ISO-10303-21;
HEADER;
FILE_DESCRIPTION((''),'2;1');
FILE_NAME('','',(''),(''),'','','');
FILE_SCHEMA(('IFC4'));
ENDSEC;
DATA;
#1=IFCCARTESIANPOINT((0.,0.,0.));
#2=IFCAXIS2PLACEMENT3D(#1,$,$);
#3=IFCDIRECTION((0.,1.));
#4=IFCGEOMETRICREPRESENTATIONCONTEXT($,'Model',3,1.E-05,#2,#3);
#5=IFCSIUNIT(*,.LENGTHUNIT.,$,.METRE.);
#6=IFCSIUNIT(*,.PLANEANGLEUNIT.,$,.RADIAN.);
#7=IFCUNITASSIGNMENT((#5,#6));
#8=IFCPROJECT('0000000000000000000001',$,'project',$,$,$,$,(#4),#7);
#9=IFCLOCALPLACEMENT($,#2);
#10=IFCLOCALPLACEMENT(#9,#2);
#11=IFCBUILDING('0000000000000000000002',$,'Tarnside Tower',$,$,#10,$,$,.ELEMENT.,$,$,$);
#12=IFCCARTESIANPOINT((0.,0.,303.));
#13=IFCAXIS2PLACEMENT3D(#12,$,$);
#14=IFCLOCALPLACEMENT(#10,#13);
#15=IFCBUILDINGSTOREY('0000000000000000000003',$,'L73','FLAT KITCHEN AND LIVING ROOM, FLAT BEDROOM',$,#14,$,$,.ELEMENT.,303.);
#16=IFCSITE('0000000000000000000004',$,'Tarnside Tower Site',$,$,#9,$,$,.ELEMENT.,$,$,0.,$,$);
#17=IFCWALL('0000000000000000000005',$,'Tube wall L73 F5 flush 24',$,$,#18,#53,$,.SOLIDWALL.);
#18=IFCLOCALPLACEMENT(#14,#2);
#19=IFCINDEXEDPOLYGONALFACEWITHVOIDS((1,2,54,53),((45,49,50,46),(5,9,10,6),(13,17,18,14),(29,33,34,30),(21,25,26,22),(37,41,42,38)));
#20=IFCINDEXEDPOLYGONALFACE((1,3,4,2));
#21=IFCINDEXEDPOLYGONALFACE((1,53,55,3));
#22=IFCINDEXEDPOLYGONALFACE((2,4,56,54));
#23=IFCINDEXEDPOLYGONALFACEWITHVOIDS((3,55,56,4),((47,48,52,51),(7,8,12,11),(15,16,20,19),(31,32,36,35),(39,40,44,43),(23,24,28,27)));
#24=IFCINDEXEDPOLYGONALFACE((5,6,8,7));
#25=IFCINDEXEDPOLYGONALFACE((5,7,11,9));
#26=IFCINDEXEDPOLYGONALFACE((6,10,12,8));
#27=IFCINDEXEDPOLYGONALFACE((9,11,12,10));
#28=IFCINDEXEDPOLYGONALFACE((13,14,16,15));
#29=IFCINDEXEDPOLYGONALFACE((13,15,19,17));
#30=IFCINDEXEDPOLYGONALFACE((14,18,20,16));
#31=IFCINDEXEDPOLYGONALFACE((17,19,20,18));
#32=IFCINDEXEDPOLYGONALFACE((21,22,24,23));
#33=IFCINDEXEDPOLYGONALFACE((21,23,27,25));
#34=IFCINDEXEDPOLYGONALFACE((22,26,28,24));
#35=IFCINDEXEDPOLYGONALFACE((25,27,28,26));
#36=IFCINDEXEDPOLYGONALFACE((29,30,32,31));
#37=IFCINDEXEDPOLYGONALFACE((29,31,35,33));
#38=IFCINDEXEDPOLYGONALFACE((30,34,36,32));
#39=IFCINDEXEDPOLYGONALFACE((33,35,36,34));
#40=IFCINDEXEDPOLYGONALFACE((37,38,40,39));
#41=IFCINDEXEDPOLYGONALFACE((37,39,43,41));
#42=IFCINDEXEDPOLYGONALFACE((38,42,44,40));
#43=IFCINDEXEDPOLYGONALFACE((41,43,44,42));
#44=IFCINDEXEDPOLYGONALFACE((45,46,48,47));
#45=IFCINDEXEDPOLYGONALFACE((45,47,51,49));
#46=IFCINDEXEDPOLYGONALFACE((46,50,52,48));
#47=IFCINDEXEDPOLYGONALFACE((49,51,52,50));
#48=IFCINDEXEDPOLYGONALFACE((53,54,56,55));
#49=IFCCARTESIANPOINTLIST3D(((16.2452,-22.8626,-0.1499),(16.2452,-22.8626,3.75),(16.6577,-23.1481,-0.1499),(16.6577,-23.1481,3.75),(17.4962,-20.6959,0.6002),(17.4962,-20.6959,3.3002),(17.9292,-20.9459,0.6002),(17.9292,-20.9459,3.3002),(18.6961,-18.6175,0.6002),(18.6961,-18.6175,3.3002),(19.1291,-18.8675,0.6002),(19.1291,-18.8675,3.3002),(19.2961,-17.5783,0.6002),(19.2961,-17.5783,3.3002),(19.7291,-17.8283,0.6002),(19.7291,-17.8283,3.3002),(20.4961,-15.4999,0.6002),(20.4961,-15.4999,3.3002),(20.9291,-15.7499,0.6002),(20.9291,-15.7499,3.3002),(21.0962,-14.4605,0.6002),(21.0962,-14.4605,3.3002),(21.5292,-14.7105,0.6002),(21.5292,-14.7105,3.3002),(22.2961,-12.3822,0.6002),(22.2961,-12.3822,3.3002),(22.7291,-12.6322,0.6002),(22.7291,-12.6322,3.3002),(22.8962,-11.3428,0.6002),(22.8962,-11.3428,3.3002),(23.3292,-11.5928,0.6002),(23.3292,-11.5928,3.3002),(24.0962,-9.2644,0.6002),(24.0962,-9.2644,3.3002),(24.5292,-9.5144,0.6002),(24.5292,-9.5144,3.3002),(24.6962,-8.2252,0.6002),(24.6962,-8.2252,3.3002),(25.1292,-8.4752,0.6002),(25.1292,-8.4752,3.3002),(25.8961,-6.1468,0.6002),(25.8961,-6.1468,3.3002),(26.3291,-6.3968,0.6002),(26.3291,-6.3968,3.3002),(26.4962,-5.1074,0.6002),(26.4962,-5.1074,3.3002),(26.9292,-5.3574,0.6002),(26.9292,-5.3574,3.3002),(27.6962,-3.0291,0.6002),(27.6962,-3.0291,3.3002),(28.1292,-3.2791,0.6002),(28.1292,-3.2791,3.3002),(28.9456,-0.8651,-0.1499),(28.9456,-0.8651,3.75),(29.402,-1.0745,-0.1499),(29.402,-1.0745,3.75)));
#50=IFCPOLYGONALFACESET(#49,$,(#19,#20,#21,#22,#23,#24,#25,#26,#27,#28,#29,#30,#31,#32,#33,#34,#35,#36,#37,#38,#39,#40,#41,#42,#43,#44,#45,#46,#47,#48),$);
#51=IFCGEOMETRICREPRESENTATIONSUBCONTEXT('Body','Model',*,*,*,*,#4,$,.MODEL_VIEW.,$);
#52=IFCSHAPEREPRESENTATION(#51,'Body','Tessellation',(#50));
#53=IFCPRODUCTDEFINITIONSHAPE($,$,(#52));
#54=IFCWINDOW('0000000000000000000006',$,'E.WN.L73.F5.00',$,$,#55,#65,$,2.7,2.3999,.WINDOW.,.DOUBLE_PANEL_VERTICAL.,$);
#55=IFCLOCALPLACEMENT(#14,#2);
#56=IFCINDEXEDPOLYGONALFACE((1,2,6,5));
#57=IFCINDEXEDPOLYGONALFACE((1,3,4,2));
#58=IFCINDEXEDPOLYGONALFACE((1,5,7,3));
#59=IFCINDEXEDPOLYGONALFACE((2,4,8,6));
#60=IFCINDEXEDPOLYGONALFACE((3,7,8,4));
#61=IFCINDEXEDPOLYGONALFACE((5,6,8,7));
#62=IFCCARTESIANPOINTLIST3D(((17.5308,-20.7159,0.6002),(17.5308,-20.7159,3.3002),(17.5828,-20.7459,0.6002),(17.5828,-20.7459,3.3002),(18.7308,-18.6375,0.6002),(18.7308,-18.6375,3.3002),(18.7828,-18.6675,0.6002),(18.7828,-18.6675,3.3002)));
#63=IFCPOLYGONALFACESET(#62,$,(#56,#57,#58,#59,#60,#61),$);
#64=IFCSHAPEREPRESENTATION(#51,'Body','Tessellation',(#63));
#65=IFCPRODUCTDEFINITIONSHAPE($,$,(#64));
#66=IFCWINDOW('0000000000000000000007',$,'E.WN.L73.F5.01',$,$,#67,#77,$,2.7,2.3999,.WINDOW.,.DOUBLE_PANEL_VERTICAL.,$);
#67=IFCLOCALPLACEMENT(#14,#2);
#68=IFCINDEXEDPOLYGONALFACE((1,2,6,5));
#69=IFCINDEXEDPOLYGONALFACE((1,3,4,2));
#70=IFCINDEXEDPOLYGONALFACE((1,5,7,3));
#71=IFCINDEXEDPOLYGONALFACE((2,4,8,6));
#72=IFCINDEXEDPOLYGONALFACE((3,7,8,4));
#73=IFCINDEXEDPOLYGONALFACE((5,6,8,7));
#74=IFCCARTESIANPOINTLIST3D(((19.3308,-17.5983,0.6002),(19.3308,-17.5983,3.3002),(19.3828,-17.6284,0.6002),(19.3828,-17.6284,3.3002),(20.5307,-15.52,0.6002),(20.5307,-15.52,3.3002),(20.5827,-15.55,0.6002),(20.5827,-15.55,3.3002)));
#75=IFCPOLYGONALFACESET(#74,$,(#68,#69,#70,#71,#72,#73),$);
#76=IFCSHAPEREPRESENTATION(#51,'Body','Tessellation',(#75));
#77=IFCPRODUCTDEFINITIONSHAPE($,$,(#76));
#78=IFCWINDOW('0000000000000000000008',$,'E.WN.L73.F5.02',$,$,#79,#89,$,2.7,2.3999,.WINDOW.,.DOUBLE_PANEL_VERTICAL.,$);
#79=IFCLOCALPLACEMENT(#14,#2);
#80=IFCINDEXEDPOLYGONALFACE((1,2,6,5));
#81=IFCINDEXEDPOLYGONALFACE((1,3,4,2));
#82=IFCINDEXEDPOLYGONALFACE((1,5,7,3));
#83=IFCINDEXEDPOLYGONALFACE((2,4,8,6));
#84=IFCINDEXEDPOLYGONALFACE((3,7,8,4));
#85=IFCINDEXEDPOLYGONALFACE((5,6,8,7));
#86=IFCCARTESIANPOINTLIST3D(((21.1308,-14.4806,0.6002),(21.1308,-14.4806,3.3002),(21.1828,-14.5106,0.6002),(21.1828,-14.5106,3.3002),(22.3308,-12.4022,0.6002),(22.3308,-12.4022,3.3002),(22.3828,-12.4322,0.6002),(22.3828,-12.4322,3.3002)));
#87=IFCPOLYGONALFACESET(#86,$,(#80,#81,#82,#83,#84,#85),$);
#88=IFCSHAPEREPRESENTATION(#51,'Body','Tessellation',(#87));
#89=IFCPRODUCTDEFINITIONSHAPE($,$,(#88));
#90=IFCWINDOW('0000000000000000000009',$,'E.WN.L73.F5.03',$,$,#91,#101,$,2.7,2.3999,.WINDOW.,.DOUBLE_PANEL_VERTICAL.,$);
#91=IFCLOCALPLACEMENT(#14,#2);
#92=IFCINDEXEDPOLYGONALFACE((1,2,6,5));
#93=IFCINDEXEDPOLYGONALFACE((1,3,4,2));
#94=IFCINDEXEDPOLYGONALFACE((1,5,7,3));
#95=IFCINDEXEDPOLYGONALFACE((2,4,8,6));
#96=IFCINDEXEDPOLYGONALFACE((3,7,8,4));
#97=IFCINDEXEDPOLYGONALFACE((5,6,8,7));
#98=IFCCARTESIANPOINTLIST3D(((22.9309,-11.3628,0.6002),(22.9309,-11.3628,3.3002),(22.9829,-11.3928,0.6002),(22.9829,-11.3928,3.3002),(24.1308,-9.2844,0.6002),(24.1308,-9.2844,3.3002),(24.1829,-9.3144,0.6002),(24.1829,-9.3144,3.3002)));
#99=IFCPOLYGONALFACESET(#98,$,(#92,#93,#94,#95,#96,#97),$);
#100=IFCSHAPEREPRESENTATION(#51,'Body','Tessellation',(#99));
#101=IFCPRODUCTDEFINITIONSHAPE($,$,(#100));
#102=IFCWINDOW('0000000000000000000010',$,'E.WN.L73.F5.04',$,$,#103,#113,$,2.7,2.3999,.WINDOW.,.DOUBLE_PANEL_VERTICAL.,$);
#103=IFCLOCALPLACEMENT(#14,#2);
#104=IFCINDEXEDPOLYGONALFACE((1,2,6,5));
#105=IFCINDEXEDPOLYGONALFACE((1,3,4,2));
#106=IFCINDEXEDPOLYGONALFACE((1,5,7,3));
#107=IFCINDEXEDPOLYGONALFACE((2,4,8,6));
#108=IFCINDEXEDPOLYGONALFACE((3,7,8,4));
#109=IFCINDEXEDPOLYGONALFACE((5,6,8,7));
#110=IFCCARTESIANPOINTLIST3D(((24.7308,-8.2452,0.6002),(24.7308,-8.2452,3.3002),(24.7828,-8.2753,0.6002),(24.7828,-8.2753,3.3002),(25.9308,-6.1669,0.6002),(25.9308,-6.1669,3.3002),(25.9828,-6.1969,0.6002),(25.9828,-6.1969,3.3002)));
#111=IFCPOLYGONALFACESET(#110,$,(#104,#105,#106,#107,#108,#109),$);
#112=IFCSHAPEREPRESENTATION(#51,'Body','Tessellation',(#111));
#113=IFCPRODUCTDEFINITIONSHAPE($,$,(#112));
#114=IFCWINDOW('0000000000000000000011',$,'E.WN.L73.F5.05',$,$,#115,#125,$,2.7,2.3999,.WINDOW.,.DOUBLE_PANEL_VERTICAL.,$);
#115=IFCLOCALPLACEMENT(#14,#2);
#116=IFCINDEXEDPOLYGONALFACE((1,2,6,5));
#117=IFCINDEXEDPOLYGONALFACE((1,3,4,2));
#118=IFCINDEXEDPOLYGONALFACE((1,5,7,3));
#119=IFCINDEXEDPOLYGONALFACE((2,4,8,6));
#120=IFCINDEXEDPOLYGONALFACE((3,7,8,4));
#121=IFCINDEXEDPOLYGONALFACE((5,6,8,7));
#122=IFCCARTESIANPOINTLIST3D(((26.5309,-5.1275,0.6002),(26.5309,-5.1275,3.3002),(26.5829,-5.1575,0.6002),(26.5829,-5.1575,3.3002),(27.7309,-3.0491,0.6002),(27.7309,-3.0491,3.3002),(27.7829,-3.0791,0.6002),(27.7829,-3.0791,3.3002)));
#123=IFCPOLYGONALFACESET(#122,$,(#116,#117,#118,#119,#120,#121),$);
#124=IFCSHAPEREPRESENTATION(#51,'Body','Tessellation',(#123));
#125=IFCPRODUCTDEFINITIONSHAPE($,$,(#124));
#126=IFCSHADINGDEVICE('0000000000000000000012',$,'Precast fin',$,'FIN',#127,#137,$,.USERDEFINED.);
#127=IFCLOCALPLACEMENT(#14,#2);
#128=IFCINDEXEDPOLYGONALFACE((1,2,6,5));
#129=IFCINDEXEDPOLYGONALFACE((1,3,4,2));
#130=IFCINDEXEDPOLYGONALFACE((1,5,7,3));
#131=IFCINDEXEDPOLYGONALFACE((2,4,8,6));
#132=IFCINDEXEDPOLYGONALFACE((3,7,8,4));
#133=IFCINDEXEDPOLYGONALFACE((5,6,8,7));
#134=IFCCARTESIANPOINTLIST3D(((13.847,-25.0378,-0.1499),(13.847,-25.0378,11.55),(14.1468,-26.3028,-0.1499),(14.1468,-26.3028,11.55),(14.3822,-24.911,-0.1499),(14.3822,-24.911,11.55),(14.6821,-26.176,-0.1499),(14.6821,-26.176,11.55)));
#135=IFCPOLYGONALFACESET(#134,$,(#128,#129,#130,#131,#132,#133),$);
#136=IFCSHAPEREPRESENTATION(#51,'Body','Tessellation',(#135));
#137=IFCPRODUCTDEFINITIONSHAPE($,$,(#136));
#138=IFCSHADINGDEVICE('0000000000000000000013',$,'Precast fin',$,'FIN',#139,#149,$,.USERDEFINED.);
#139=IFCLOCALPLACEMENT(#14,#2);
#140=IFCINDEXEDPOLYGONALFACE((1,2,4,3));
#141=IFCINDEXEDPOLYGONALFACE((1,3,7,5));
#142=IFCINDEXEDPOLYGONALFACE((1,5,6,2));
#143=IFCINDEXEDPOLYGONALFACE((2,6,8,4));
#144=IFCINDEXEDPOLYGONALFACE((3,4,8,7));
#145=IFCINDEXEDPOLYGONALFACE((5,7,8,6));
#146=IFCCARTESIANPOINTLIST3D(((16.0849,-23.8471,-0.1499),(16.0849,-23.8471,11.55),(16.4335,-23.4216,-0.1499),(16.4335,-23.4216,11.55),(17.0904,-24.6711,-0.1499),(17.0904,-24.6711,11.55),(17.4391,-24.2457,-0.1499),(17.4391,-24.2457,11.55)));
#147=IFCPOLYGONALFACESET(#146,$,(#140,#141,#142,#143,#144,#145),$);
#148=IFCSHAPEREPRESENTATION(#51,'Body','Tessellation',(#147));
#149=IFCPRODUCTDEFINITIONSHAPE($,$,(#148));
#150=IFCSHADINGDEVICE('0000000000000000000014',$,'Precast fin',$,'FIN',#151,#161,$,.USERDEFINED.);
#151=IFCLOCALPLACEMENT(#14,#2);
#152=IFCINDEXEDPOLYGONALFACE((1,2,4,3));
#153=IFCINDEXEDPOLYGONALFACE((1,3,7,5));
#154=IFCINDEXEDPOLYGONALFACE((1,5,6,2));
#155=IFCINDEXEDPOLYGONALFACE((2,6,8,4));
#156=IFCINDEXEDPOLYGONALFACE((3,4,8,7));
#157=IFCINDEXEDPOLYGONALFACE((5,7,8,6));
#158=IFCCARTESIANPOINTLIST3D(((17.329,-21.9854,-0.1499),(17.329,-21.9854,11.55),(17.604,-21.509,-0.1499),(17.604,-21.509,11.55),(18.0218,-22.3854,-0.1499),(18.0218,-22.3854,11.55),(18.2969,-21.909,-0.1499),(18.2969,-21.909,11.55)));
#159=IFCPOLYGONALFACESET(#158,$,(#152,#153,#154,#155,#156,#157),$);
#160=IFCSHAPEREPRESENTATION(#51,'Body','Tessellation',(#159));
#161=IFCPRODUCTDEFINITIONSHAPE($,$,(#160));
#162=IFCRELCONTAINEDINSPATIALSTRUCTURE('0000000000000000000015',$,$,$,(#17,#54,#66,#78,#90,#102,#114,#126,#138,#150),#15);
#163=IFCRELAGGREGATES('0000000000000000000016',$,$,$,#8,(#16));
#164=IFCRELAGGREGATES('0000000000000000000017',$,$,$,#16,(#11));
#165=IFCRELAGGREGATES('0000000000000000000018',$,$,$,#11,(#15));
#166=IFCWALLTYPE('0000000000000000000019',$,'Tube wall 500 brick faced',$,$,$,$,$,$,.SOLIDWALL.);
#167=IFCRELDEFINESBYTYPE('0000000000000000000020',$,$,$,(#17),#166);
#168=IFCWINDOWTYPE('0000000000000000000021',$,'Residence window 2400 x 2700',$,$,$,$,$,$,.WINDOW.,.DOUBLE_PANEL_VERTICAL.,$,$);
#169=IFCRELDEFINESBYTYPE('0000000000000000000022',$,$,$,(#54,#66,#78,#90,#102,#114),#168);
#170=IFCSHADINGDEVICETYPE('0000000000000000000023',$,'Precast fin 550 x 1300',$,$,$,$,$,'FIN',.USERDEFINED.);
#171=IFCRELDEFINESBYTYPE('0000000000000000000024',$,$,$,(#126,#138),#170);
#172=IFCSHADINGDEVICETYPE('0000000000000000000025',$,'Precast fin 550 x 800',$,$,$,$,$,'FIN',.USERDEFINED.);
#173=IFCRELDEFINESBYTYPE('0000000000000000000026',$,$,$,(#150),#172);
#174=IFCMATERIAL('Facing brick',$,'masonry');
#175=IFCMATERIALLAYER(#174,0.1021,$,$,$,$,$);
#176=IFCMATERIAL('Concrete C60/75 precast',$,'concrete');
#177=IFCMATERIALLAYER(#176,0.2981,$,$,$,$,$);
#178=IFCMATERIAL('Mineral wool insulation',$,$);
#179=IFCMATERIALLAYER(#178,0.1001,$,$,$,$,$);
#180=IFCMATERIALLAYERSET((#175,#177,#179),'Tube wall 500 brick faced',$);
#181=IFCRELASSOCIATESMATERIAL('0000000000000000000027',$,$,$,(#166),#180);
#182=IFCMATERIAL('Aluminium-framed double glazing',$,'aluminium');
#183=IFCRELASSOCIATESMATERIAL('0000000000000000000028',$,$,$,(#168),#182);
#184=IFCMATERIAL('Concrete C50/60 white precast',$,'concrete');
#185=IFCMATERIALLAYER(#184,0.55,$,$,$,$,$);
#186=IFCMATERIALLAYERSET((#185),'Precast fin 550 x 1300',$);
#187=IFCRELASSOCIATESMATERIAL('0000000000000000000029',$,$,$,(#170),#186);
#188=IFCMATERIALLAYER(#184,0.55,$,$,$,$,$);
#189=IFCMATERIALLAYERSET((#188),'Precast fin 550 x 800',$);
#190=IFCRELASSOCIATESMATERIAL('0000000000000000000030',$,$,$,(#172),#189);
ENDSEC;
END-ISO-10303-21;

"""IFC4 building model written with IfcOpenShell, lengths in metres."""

from ifc_helpers import new_model, si_unit, direction, frame, frame_2d, origin, place, context, subcontext, project, spatial, polyline, rectangle, outline, extrude, material, layer, layer_set, type_object, element, fill, save


model = new_model("IFC4")

# Units and contexts
model_context = context("Model", 3, precision=1e-05, world=origin(), true_north=direction((0.0, 1.0)))
body_context = subcontext(model_context, "Body", "Model", "MODEL_VIEW")
ifc_project = project(units=[si_unit("LENGTHUNIT", "METRE"), si_unit("PLANEANGLEUNIT", "RADIAN")], contexts=[model_context])

# Site, building, storey
site_placement = place(None, origin())
site = spatial("IfcSite", under=ifc_project, at=site_placement, Name="Tarnside Tower Site", CompositionType="ELEMENT", RefElevation=0.0)
building_placement = place(site_placement, origin())
building = spatial("IfcBuilding", under=site, at=building_placement, Name="Tarnside Tower", CompositionType="ELEMENT")
storey_placement = place(building_placement, frame((0.0, 0.0, 303.0)))
storey = spatial("IfcBuildingStorey", under=building, at=storey_placement, Name="L73", Description="FLAT KITCHEN AND LIVING ROOM, FLAT BEDROOM", CompositionType="ELEMENT", Elevation=303.0)

# Shared definitions
ifc_material_1 = material(Name="Facing brick", Category="masonry")
ifc_layer_1 = layer(ifc_material_1, 0.1021)
ifc_material_2 = material(Name="Concrete C60/75 precast", Category="concrete")
ifc_layer_2 = layer(ifc_material_2, 0.2981)
ifc_material_3 = material(Name="Mineral wool insulation")
ifc_layer_3 = layer(ifc_material_3, 0.1001)
ifc_layer_set_1 = layer_set([ifc_layer_1, ifc_layer_2, ifc_layer_3], Name="Tube wall 500 brick faced")
wall_type_1 = type_object("IfcWallType", Name="Tube wall 500 brick faced", PredefinedType="SOLIDWALL", material=ifc_layer_set_1)

# Wall, openings, windows
wall_1_placement = place(storey_placement, frame((16.4514, -23.0054, -0.1499), z_axis=(0.0, 0.0, 1.0), x_axis=(0.500004, 0.866023, 0.0)))
wall_1 = element("IfcWall", 1, at=wall_1_placement, inside=storey, type_object=wall_type_1, Name="Tube wall L73 F5 flush 24", PredefinedType="SOLIDWALL", context=body_context, shape_type="SweptSolid", body=[
    extrude(outline(polyline([(-0.0205, -0.25), (25.468, -0.25), (25.4211, 0.25), (0.0205, 0.25), (-0.0205, -0.25)])), origin(), (0.0, 0.0, 1.0), 3.8999),
])
opening_1_placement = place(wall_1_placement, frame((2.5225, 0.0, 0.75)))
opening_1 = element("IfcOpeningElement", 2, at=opening_1_placement, cuts=wall_1, PredefinedType="OPENING", context=body_context, shape_type="SweptSolid", body=[
    extrude(rectangle(XDim=2.3999, YDim=2.7, at=frame_2d((1.2, 1.3501))), frame((0.0, 0.26, 0.0), z_axis=(0.0, -1.0, 0.0), x_axis=(1.0, 0.0, 0.0)), (0.0, 0.0, 1.0), 0.52),
])
opening_2_placement = place(wall_1_placement, frame((6.1223, 0.0, 0.75)))
opening_2 = element("IfcOpeningElement", 3, at=opening_2_placement, cuts=wall_1, PredefinedType="OPENING", context=body_context, shape_type="SweptSolid", body=[
    extrude(rectangle(XDim=2.3999, YDim=2.7, at=frame_2d((1.2, 1.3501))), frame((0.0, 0.26, 0.0), z_axis=(0.0, -1.0, 0.0), x_axis=(1.0, 0.0, 0.0)), (0.0, 0.0, 1.0), 0.52),
])
opening_3_placement = place(wall_1_placement, frame((9.7224, 0.0, 0.75)))
opening_3 = element("IfcOpeningElement", 4, at=opening_3_placement, cuts=wall_1, PredefinedType="OPENING", context=body_context, shape_type="SweptSolid", body=[
    extrude(rectangle(XDim=2.3999, YDim=2.7, at=frame_2d((1.2, 1.3501))), frame((0.0, 0.26, 0.0), z_axis=(0.0, -1.0, 0.0), x_axis=(1.0, 0.0, 0.0)), (0.0, 0.0, 1.0), 0.52),
])
opening_4_placement = place(wall_1_placement, frame((13.3225, 0.0, 0.75)))
opening_4 = element("IfcOpeningElement", 5, at=opening_4_placement, cuts=wall_1, PredefinedType="OPENING", context=body_context, shape_type="SweptSolid", body=[
    extrude(rectangle(XDim=2.3999, YDim=2.7, at=frame_2d((1.2, 1.3501))), frame((0.0, 0.26, 0.0), z_axis=(0.0, -1.0, 0.0), x_axis=(1.0, 0.0, 0.0)), (0.0, 0.0, 1.0), 0.52),
])
opening_5_placement = place(wall_1_placement, frame((16.9224, 0.0, 0.75)))
opening_5 = element("IfcOpeningElement", 6, at=opening_5_placement, cuts=wall_1, PredefinedType="OPENING", context=body_context, shape_type="SweptSolid", body=[
    extrude(rectangle(XDim=2.3999, YDim=2.7, at=frame_2d((1.2, 1.3501))), frame((0.0, 0.26, 0.0), z_axis=(0.0, -1.0, 0.0), x_axis=(1.0, 0.0, 0.0)), (0.0, 0.0, 1.0), 0.52),
])
opening_6_placement = place(wall_1_placement, frame((20.5225, 0.0, 0.75)))
opening_6 = element("IfcOpeningElement", 7, at=opening_6_placement, cuts=wall_1, PredefinedType="OPENING", context=body_context, shape_type="SweptSolid", body=[
    extrude(rectangle(XDim=2.3999, YDim=2.7, at=frame_2d((1.2, 1.3501))), frame((0.0, 0.26, 0.0), z_axis=(0.0, -1.0, 0.0), x_axis=(1.0, 0.0, 0.0)), (0.0, 0.0, 1.0), 0.52),
])
ifc_material_4 = material(Name="Aluminium-framed double glazing", Category="aluminium")
window_type = type_object("IfcWindowType", Name="Residence window 2400 x 2700", PartitioningType="DOUBLE_PANEL_VERTICAL", PredefinedType="WINDOW", material=ifc_material_4)
window_1_placement = place(opening_1_placement, frame((0.0, 0.1799, 0.0)))
window_1 = element("IfcWindow", 8, at=window_1_placement, inside=storey, type_object=window_type, Name="E.WN.L73.F5.00", OverallHeight=2.7, OverallWidth=2.3999, PartitioningType="DOUBLE_PANEL_VERTICAL", PredefinedType="WINDOW", context=body_context, shape_type="SweptSolid", body=[
    extrude(rectangle(XDim=2.3999, YDim=2.7, at=frame_2d((1.2, 1.3501))), frame((0.0, 0.03, 0.0), z_axis=(0.0, -1.0, 0.0), x_axis=(1.0, 0.0, 0.0)), (0.0, 0.0, 1.0), 0.0601),
])
fill(opening_1, window_1)
window_2_placement = place(opening_2_placement, frame((0.0, 0.1799, 0.0)))
window_2 = element("IfcWindow", 9, at=window_2_placement, inside=storey, type_object=window_type, Name="E.WN.L73.F5.01", OverallHeight=2.7, OverallWidth=2.3999, PartitioningType="DOUBLE_PANEL_VERTICAL", PredefinedType="WINDOW", context=body_context, shape_type="SweptSolid", body=[
    extrude(rectangle(XDim=2.3999, YDim=2.7, at=frame_2d((1.2, 1.3501))), frame((0.0, 0.03, 0.0), z_axis=(0.0, -1.0, 0.0), x_axis=(1.0, 0.0, 0.0)), (0.0, 0.0, 1.0), 0.0601),
])
fill(opening_2, window_2)
window_3_placement = place(opening_3_placement, frame((0.0, 0.1799, 0.0)))
window_3 = element("IfcWindow", 10, at=window_3_placement, inside=storey, type_object=window_type, Name="E.WN.L73.F5.02", OverallHeight=2.7, OverallWidth=2.3999, PartitioningType="DOUBLE_PANEL_VERTICAL", PredefinedType="WINDOW", context=body_context, shape_type="SweptSolid", body=[
    extrude(rectangle(XDim=2.3999, YDim=2.7, at=frame_2d((1.2, 1.3501))), frame((0.0, 0.03, 0.0), z_axis=(0.0, -1.0, 0.0), x_axis=(1.0, 0.0, 0.0)), (0.0, 0.0, 1.0), 0.0601),
])
fill(opening_3, window_3)
window_4_placement = place(opening_4_placement, frame((0.0, 0.1799, 0.0)))
window_4 = element("IfcWindow", 11, at=window_4_placement, inside=storey, type_object=window_type, Name="E.WN.L73.F5.03", OverallHeight=2.7, OverallWidth=2.3999, PartitioningType="DOUBLE_PANEL_VERTICAL", PredefinedType="WINDOW", context=body_context, shape_type="SweptSolid", body=[
    extrude(rectangle(XDim=2.3999, YDim=2.7, at=frame_2d((1.2, 1.3501))), frame((0.0, 0.03, 0.0), z_axis=(0.0, -1.0, 0.0), x_axis=(1.0, 0.0, 0.0)), (0.0, 0.0, 1.0), 0.0601),
])
fill(opening_4, window_4)
window_5_placement = place(opening_5_placement, frame((0.0, 0.1799, 0.0)))
window_5 = element("IfcWindow", 12, at=window_5_placement, inside=storey, type_object=window_type, Name="E.WN.L73.F5.04", OverallHeight=2.7, OverallWidth=2.3999, PartitioningType="DOUBLE_PANEL_VERTICAL", PredefinedType="WINDOW", context=body_context, shape_type="SweptSolid", body=[
    extrude(rectangle(XDim=2.3999, YDim=2.7, at=frame_2d((1.2, 1.3501))), frame((0.0, 0.03, 0.0), z_axis=(0.0, -1.0, 0.0), x_axis=(1.0, 0.0, 0.0)), (0.0, 0.0, 1.0), 0.0601),
])
fill(opening_5, window_5)
window_6_placement = place(opening_6_placement, frame((0.0, 0.1799, 0.0)))
window_6 = element("IfcWindow", 13, at=window_6_placement, inside=storey, type_object=window_type, Name="E.WN.L73.F5.05", OverallHeight=2.7, OverallWidth=2.3999, PartitioningType="DOUBLE_PANEL_VERTICAL", PredefinedType="WINDOW", context=body_context, shape_type="SweptSolid", body=[
    extrude(rectangle(XDim=2.3999, YDim=2.7, at=frame_2d((1.2, 1.3501))), frame((0.0, 0.03, 0.0), z_axis=(0.0, -1.0, 0.0), x_axis=(1.0, 0.0, 0.0)), (0.0, 0.0, 1.0), 0.0601),
])
fill(opening_6, window_6)

# Shading devices
ifc_material_5 = material(Name="Concrete C50/60 white precast", Category="concrete")
ifc_layer_4 = layer(ifc_material_5, 0.55)
ifc_layer_set_2 = layer_set([ifc_layer_4], Name="Precast fin 550 x 1300")
shading_device_type_1 = type_object("IfcShadingDeviceType", Name="Precast fin 550 x 1300", ElementType="FIN", PredefinedType="USERDEFINED", material=ifc_layer_set_2)
for number, where, z_axis, x_axis, name in (
    (14, (14.1147, -24.9744, -0.1499), (-0.973045, -0.230616, 0.0), (0.230616, -0.973045, 0.0), "Precast fin"),
    (15, (16.2593, -23.6343, -0.1499), (-0.633831, -0.773472, 0.0), (0.773472, -0.633831, 0.0), "Precast fin"),
):
    element("IfcShadingDevice", number, at=place(storey_placement, frame(where, z_axis=z_axis, x_axis=x_axis)), inside=storey, type_object=shading_device_type_1, Name=name, ObjectType="FIN", PredefinedType="USERDEFINED", context=body_context, shape_type="SweptSolid", body=[
        extrude(outline(polyline([(0.0, 0.0), (1.3, 0.0), (1.3, 11.7), (0.0, 11.7), (0.0, 0.0)])), frame((0.0, 0.0, -0.2749)), (0.0, 0.0, 1.0), 0.55),
    ])
ifc_layer_5 = layer(ifc_material_5, 0.55)
ifc_layer_set_3 = layer_set([ifc_layer_5], Name="Precast fin 550 x 800")
shading_device_type_2 = type_object("IfcShadingDeviceType", Name="Precast fin 550 x 800", ElementType="FIN", PredefinedType="USERDEFINED", material=ifc_layer_set_3)
for number, where, z_axis, x_axis, name in (
    (16, (17.4666, -21.7471, -0.1499), (-0.5, -0.866025, 0.0), (0.866025, -0.5, 0.0), "Precast fin"),
):
    element("IfcShadingDevice", number, at=place(storey_placement, frame(where, z_axis=z_axis, x_axis=x_axis)), inside=storey, type_object=shading_device_type_2, Name=name, ObjectType="FIN", PredefinedType="USERDEFINED", context=body_context, shape_type="SweptSolid", body=[
        extrude(outline(polyline([(0.0, 0.0), (0.8, 0.0), (0.8, 11.7), (0.0, 11.7), (0.0, 0.0)])), frame((0.0, 0.0, -0.2749)), (0.0, 0.0, 1.0), 0.55),
    ])

save(model, "model.ifc")
